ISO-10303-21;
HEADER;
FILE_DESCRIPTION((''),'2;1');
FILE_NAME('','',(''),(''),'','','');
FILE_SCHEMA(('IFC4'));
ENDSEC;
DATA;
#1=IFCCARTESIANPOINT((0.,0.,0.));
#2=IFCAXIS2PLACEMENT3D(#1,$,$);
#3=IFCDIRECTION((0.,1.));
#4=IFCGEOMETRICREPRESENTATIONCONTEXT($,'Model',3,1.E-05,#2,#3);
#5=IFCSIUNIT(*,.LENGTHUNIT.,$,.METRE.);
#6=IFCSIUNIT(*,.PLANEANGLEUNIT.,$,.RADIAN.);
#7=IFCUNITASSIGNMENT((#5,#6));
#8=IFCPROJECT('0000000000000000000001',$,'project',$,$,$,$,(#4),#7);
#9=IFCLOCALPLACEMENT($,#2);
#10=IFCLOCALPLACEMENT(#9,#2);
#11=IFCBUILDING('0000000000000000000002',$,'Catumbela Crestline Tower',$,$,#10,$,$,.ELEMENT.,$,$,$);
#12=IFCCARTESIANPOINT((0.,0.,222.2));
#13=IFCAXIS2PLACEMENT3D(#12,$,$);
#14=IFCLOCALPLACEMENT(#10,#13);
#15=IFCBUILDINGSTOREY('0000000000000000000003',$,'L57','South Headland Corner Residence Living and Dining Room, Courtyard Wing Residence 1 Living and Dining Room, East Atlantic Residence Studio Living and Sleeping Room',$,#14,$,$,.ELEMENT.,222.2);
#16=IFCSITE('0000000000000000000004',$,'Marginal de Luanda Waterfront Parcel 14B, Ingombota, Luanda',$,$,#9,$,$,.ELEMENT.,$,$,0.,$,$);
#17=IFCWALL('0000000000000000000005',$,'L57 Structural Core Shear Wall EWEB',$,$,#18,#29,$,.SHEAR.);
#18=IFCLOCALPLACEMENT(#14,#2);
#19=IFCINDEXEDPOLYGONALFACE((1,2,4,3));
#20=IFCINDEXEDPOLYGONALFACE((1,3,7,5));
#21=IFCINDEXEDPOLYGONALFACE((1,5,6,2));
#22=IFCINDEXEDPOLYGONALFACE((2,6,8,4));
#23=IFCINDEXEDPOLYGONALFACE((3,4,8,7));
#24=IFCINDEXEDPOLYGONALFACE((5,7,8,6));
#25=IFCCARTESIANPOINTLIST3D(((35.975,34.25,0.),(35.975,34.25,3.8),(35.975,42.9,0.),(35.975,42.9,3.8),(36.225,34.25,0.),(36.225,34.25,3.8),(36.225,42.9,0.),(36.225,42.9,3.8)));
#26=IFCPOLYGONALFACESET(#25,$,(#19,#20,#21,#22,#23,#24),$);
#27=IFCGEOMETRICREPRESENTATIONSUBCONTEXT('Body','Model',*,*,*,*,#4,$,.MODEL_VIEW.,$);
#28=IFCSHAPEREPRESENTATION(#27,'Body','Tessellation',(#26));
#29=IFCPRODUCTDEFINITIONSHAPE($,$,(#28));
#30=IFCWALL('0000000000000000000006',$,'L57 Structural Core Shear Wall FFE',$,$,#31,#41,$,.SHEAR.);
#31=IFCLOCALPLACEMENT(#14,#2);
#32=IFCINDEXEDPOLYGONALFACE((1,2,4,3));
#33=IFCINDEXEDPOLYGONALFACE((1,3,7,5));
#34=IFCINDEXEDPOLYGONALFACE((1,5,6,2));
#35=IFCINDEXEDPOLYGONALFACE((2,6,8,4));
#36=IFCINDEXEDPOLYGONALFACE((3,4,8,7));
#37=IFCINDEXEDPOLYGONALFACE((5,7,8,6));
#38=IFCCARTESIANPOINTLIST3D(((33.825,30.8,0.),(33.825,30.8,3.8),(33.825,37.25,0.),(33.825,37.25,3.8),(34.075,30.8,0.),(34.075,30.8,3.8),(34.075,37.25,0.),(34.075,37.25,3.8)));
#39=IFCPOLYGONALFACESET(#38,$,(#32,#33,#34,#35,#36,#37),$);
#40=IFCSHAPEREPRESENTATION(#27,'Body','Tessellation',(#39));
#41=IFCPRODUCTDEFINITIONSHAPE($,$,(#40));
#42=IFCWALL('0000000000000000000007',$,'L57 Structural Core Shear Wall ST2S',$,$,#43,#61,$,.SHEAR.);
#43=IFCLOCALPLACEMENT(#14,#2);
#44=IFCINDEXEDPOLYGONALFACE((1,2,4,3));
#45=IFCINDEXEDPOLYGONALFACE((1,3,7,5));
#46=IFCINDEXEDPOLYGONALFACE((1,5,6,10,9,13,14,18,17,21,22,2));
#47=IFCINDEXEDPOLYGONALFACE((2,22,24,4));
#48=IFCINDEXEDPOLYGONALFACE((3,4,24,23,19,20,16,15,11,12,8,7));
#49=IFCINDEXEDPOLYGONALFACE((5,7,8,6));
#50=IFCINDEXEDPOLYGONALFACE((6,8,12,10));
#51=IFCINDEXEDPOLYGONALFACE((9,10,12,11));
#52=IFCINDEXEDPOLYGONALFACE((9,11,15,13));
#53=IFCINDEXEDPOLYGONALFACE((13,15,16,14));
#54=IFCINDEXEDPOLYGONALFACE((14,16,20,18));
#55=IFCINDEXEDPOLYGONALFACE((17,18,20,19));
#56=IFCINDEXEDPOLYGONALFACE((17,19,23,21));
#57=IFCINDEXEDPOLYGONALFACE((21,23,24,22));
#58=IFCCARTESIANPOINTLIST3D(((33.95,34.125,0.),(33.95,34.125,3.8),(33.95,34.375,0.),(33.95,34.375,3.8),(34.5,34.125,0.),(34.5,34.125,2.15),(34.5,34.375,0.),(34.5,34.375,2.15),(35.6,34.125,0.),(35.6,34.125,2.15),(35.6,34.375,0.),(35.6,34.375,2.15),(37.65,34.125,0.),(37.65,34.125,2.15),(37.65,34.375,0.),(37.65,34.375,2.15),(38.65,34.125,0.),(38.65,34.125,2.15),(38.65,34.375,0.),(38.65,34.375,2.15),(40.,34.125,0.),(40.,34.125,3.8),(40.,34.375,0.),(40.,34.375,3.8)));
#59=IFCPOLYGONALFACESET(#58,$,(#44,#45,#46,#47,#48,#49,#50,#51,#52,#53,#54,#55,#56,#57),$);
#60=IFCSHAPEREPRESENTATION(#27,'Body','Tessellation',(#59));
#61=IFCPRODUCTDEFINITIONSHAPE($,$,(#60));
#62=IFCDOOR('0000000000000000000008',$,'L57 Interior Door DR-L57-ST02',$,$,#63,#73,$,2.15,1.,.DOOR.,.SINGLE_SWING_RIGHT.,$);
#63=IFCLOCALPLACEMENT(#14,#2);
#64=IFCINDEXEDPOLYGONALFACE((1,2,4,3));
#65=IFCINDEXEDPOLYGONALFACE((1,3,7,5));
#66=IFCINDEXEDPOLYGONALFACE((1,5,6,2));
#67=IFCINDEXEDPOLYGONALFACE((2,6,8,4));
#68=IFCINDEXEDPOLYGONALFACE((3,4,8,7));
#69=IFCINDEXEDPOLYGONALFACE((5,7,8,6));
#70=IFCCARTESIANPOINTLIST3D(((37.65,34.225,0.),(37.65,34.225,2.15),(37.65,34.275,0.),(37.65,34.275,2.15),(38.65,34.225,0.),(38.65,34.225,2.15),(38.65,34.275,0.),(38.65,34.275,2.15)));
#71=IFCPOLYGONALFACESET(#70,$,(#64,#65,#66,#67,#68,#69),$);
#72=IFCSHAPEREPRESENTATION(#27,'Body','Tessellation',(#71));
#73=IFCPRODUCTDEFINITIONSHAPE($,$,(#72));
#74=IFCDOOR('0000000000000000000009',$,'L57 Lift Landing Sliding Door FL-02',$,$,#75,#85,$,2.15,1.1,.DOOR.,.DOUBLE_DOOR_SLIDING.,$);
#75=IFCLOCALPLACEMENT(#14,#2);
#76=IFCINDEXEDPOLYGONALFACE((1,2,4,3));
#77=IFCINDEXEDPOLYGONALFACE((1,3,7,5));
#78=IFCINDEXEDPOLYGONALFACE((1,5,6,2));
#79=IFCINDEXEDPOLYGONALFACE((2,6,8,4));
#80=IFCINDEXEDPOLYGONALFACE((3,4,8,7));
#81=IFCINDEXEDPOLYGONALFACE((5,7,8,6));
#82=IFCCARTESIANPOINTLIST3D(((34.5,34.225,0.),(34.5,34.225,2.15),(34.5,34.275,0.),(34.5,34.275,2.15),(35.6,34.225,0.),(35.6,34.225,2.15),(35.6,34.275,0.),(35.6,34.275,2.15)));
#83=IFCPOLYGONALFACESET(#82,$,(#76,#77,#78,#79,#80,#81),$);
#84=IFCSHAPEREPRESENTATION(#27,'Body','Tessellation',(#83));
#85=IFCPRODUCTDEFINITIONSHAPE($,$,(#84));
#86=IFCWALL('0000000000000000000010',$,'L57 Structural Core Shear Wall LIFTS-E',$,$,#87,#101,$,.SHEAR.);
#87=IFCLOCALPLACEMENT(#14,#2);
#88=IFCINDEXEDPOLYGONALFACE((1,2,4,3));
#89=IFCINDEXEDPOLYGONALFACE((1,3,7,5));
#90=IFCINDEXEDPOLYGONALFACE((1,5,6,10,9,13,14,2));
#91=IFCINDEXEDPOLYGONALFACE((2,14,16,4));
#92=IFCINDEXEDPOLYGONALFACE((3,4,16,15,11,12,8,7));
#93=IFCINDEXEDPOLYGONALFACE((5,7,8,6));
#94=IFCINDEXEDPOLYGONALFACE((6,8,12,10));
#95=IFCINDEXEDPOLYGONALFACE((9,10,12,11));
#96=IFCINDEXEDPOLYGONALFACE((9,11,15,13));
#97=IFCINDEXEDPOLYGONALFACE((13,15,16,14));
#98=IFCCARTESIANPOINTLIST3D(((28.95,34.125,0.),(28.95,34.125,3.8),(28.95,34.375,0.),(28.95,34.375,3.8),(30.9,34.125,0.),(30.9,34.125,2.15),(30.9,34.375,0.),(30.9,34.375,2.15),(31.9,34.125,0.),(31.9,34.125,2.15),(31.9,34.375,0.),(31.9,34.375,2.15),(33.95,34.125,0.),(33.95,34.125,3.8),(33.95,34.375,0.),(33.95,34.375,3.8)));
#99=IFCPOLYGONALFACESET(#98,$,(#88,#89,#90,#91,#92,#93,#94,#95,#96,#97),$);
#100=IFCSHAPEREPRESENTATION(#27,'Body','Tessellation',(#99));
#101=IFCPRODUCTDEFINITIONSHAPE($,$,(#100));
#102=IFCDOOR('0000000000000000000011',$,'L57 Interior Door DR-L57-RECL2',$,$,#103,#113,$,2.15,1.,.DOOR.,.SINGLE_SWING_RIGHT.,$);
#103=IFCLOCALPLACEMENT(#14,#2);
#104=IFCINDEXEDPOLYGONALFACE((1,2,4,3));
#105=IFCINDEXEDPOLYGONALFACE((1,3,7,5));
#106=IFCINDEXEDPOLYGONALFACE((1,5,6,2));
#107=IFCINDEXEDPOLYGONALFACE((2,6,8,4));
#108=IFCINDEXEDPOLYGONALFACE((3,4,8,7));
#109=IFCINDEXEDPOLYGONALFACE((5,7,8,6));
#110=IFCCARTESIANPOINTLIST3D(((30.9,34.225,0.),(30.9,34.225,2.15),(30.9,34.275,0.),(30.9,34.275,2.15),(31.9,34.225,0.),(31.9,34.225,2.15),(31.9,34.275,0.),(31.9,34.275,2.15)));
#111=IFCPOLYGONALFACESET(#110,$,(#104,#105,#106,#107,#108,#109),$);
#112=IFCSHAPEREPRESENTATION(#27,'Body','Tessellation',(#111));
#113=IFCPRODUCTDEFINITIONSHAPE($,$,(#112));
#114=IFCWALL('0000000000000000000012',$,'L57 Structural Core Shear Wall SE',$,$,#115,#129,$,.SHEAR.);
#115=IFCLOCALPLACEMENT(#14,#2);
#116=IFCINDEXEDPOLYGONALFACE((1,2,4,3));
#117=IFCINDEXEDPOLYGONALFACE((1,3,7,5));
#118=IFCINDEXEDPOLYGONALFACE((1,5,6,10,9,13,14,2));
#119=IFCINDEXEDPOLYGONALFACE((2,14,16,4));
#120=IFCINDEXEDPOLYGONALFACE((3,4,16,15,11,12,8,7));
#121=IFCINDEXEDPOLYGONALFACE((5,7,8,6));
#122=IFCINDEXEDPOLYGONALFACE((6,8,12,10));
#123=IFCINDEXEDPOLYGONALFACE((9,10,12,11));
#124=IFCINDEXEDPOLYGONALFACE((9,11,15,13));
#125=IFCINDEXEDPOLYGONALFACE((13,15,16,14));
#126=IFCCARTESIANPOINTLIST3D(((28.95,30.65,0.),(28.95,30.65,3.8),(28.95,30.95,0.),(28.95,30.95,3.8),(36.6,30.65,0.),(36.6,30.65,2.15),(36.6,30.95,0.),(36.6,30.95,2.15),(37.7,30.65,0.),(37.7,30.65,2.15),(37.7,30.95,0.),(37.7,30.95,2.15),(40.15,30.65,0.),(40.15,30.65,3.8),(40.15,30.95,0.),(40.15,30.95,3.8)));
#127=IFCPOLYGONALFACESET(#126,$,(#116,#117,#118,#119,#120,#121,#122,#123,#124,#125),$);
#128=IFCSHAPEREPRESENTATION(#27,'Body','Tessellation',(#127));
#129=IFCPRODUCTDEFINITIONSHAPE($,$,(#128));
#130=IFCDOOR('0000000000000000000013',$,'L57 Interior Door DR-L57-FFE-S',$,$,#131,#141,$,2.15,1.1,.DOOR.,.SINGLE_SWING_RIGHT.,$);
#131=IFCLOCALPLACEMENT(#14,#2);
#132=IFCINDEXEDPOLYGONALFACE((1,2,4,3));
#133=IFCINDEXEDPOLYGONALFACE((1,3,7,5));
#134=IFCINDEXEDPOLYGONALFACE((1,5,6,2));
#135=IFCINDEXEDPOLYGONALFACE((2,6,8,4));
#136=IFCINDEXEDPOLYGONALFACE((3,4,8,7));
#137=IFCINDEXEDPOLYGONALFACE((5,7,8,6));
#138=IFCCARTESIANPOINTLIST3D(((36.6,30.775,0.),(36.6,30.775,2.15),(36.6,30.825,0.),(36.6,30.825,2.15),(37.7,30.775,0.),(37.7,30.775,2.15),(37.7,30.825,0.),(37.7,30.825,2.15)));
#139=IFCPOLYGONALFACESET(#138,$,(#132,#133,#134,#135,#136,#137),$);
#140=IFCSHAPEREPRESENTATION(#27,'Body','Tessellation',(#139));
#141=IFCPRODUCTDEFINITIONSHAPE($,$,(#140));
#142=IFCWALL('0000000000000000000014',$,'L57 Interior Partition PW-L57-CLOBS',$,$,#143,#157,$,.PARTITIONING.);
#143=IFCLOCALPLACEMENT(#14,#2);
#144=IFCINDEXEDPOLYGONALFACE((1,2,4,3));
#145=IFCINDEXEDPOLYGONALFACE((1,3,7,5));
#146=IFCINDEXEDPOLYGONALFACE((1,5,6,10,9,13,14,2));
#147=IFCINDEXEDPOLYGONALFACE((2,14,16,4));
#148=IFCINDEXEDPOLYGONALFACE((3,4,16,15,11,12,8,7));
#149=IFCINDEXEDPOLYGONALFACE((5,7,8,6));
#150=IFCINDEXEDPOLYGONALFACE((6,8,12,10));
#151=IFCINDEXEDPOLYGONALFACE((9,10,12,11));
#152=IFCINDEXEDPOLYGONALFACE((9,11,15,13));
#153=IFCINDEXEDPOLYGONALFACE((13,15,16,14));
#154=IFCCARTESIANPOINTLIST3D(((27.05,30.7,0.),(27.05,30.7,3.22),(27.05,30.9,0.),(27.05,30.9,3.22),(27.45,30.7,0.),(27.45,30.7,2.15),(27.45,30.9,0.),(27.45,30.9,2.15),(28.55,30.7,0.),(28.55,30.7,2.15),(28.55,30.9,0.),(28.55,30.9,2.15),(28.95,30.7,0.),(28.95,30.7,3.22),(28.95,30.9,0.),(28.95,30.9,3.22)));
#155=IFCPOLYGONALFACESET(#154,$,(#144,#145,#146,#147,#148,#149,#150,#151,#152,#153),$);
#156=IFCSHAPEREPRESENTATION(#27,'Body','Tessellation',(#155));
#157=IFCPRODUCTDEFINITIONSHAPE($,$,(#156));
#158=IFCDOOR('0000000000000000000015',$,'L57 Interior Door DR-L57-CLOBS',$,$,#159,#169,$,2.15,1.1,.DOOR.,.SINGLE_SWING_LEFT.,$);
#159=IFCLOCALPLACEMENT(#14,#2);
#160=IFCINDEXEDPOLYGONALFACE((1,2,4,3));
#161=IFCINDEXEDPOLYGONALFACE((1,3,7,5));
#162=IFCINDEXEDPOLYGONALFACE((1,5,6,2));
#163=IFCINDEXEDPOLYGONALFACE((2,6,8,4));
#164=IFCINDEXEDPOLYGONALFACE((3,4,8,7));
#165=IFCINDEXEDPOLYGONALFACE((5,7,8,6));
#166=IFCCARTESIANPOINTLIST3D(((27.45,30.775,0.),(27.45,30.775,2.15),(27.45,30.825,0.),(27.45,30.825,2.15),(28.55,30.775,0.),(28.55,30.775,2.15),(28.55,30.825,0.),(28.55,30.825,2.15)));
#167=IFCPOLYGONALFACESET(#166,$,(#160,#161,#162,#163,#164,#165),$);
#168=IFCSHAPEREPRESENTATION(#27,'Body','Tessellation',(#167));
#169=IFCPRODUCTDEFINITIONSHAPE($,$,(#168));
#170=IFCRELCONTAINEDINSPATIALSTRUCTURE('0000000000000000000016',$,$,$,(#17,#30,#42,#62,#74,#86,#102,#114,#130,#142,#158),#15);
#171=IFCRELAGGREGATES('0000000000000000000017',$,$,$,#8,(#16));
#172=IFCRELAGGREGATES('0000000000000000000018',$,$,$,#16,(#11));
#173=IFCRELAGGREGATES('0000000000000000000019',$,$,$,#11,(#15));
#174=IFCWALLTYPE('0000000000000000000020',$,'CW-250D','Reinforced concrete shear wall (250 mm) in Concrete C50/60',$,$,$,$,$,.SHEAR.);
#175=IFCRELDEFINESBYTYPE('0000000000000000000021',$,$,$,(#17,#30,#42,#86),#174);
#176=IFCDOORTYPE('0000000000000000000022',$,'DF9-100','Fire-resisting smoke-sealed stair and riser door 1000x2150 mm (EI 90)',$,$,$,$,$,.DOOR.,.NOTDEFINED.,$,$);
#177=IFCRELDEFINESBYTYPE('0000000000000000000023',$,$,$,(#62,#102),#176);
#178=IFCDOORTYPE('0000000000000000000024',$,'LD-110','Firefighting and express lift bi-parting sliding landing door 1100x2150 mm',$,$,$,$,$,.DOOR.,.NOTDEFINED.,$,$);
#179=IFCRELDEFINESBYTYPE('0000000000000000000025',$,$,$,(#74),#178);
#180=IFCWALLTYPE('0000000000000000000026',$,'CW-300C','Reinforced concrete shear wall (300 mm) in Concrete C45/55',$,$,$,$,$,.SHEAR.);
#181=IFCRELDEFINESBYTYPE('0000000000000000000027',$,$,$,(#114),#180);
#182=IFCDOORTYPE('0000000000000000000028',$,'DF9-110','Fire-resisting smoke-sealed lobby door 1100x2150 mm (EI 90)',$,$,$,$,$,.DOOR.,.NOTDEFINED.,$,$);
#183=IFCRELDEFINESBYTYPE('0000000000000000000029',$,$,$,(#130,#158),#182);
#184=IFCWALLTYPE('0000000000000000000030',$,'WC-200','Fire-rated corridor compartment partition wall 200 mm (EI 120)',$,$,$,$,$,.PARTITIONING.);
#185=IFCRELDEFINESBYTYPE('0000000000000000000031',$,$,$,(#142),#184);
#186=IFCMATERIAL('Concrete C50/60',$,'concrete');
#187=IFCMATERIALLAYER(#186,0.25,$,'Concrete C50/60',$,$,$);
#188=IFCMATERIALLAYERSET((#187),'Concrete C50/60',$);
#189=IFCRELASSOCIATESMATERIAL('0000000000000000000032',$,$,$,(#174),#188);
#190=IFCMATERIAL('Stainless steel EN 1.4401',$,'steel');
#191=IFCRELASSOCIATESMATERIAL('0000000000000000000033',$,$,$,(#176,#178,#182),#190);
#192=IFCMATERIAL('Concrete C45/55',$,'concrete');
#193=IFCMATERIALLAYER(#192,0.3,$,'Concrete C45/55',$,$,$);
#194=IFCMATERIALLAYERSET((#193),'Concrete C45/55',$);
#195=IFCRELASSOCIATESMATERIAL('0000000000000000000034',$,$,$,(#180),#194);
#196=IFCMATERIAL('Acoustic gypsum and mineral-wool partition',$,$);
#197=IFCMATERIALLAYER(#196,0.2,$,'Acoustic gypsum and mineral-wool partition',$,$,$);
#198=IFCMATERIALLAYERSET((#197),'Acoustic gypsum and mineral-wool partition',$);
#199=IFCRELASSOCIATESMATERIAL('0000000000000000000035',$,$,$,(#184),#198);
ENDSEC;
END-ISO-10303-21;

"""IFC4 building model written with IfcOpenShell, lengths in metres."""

from ifc_helpers import new_model, si_unit, direction, frame, frame_2d, origin, place, context, subcontext, project, spatial, rectangle, extrude, material, layer, layer_set, type_object, element, fill, save


model = new_model("IFC4")

# Units and contexts
model_context = context("Model", 3, precision=1e-05, world=origin(), true_north=direction((0.0, 1.0)))
body_context = subcontext(model_context, "Body", "Model", "MODEL_VIEW")
ifc_project = project(units=[si_unit("LENGTHUNIT", "METRE"), si_unit("PLANEANGLEUNIT", "RADIAN")], contexts=[model_context])

# Site, building, storey
site_placement = place(None, origin())
site = spatial("IfcSite", under=ifc_project, at=site_placement, Name="Marginal de Luanda Waterfront Parcel 14B, Ingombota, Luanda", CompositionType="ELEMENT", RefElevation=0.0)
building_placement = place(site_placement, origin())
building = spatial("IfcBuilding", under=site, at=building_placement, Name="Catumbela Crestline Tower", CompositionType="ELEMENT")
storey_placement = place(building_placement, frame((0.0, 0.0, 222.2)))
storey = spatial("IfcBuildingStorey", under=building, at=storey_placement, Name="L57", Description="South Headland Corner Residence Living and Dining Room, Courtyard Wing Residence 1 Living and Dining Room, East Atlantic Residence Studio Living and Sleeping Room", CompositionType="ELEMENT", Elevation=222.2)

# Walls
ifc_material_1 = material(Name="Concrete C50/60", Category="concrete")
ifc_layer_1 = layer(ifc_material_1, 0.25, Name="Concrete C50/60")
ifc_layer_set_1 = layer_set([ifc_layer_1], Name="Concrete C50/60")
wall_type_1 = type_object("IfcWallType", Name="CW-250D", Description="Reinforced concrete shear wall (250 mm) in Concrete C50/60", PredefinedType="SHEAR", material=ifc_layer_set_1)
wall_1_placement = place(storey_placement, frame((36.1, 34.25, 0.0), z_axis=(0.0, 0.0, 1.0), x_axis=(0.0, 1.0, 0.0)))
element("IfcWall", 1, at=wall_1_placement, inside=storey, type_object=wall_type_1, Name="L57 Structural Core Shear Wall EWEB", PredefinedType="SHEAR", context=body_context, shape_type="SweptSolid", body=[
    extrude(rectangle(XDim=8.65, YDim=0.25, at=frame_2d((4.325, 0.0))), origin(), (0.0, 0.0, 1.0), 3.8),
])
wall_2_placement = place(storey_placement, frame((33.95, 30.8, 0.0), z_axis=(0.0, 0.0, 1.0), x_axis=(0.0, 1.0, 0.0)))
element("IfcWall", 2, at=wall_2_placement, inside=storey, type_object=wall_type_1, Name="L57 Structural Core Shear Wall FFE", PredefinedType="SHEAR", context=body_context, shape_type="SweptSolid", body=[
    extrude(rectangle(XDim=6.45, YDim=0.25, at=frame_2d((3.225, 0.0))), origin(), (0.0, 0.0, 1.0), 3.8),
])

# Wall, openings, doors
wall_3_placement = place(storey_placement, frame((33.95, 34.25, 0.0), z_axis=(0.0, 0.0, 1.0), x_axis=(1.0, 0.0, 0.0)))
wall_3 = element("IfcWall", 3, at=wall_3_placement, inside=storey, type_object=wall_type_1, Name="L57 Structural Core Shear Wall ST2S", PredefinedType="SHEAR", context=body_context, shape_type="SweptSolid", body=[
    extrude(rectangle(XDim=6.05, YDim=0.25, at=frame_2d((3.025, 0.0))), origin(), (0.0, 0.0, 1.0), 3.8),
])
opening_1_placement = place(wall_3_placement, frame((3.7, 0.0, 0.0)))
opening_1 = element("IfcOpeningElement", 4, at=opening_1_placement, cuts=wall_3, PredefinedType="OPENING", context=body_context, shape_type="SweptSolid", body=[
    extrude(rectangle(XDim=1.0, YDim=2.15, at=frame_2d((0.5, 1.075))), frame((0.0, 0.135, 0.0), z_axis=(0.0, -1.0, 0.0), x_axis=(1.0, 0.0, 0.0)), (0.0, 0.0, 1.0), 0.27),
])
opening_2_placement = place(wall_3_placement, frame((0.55, 0.0, 0.0)))
opening_2 = element("IfcOpeningElement", 5, at=opening_2_placement, cuts=wall_3, PredefinedType="OPENING", context=body_context, shape_type="SweptSolid", body=[
    extrude(rectangle(XDim=1.1, YDim=2.15, at=frame_2d((0.55, 1.075))), frame((0.0, 0.135, 0.0), z_axis=(0.0, -1.0, 0.0), x_axis=(1.0, 0.0, 0.0)), (0.0, 0.0, 1.0), 0.27),
])
ifc_material_2 = material(Name="Stainless steel EN 1.4401", Category="steel")
door_type_1 = type_object("IfcDoorType", Name="DF9-100", Description="Fire-resisting smoke-sealed stair and riser door 1000x2150 mm (EI 90)", OperationType="NOTDEFINED", PredefinedType="DOOR", material=ifc_material_2)
door_1_placement = place(opening_1_placement, origin())
door_1 = element("IfcDoor", 6, at=door_1_placement, inside=storey, type_object=door_type_1, Name="L57 Interior Door DR-L57-ST02", OperationType="SINGLE_SWING_RIGHT", OverallHeight=2.15, OverallWidth=1.0, PredefinedType="DOOR", context=body_context, shape_type="SweptSolid", body=[
    extrude(rectangle(XDim=1.0, YDim=2.15, at=frame_2d((0.5, 1.075))), frame((0.0, 0.025, 0.0), z_axis=(0.0, -1.0, 0.0), x_axis=(1.0, 0.0, 0.0)), (0.0, 0.0, 1.0), 0.05),
])
fill(opening_1, door_1)
door_type_2 = type_object("IfcDoorType", Name="LD-110", Description="Firefighting and express lift bi-parting sliding landing door 1100x2150 mm", OperationType="NOTDEFINED", PredefinedType="DOOR", material=ifc_material_2)
door_2_placement = place(opening_2_placement, origin())
door_2 = element("IfcDoor", 7, at=door_2_placement, inside=storey, type_object=door_type_2, Name="L57 Lift Landing Sliding Door FL-02", OperationType="DOUBLE_DOOR_SLIDING", OverallHeight=2.15, OverallWidth=1.1, PredefinedType="DOOR", context=body_context, shape_type="SweptSolid", body=[
    extrude(rectangle(XDim=1.1, YDim=2.15, at=frame_2d((0.55, 1.075))), frame((0.0, 0.025, 0.0), z_axis=(0.0, -1.0, 0.0), x_axis=(1.0, 0.0, 0.0)), (0.0, 0.0, 1.0), 0.05),
])
fill(opening_2, door_2)

# Walls, openings, doors
wall_4_placement = place(storey_placement, frame((28.95, 34.25, 0.0), z_axis=(0.0, 0.0, 1.0), x_axis=(1.0, 0.0, 0.0)))
wall_4 = element("IfcWall", 8, at=wall_4_placement, inside=storey, type_object=wall_type_1, Name="L57 Structural Core Shear Wall LIFTS-E", PredefinedType="SHEAR", context=body_context, shape_type="SweptSolid", body=[
    extrude(rectangle(XDim=5.0, YDim=0.25, at=frame_2d((2.5, 0.0))), origin(), (0.0, 0.0, 1.0), 3.8),
])
opening_3_placement = place(wall_4_placement, frame((1.95, 0.0, 0.0)))
opening_3 = element("IfcOpeningElement", 9, at=opening_3_placement, cuts=wall_4, PredefinedType="OPENING", context=body_context, shape_type="SweptSolid", body=[
    extrude(rectangle(XDim=1.0, YDim=2.15, at=frame_2d((0.5, 1.075))), frame((0.0, 0.135, 0.0), z_axis=(0.0, -1.0, 0.0), x_axis=(1.0, 0.0, 0.0)), (0.0, 0.0, 1.0), 0.27),
])
door_3_placement = place(opening_3_placement, origin())
door_3 = element("IfcDoor", 10, at=door_3_placement, inside=storey, type_object=door_type_1, Name="L57 Interior Door DR-L57-RECL2", OperationType="SINGLE_SWING_RIGHT", OverallHeight=2.15, OverallWidth=1.0, PredefinedType="DOOR", context=body_context, shape_type="SweptSolid", body=[
    extrude(rectangle(XDim=1.0, YDim=2.15, at=frame_2d((0.5, 1.075))), frame((0.0, 0.025, 0.0), z_axis=(0.0, -1.0, 0.0), x_axis=(1.0, 0.0, 0.0)), (0.0, 0.0, 1.0), 0.05),
])
fill(opening_3, door_3)
ifc_material_3 = material(Name="Concrete C45/55", Category="concrete")
ifc_layer_2 = layer(ifc_material_3, 0.3, Name="Concrete C45/55")
ifc_layer_set_2 = layer_set([ifc_layer_2], Name="Concrete C45/55")
wall_type_2 = type_object("IfcWallType", Name="CW-300C", Description="Reinforced concrete shear wall (300 mm) in Concrete C45/55", PredefinedType="SHEAR", material=ifc_layer_set_2)
wall_5_placement = place(storey_placement, frame((28.95, 30.8, 0.0), z_axis=(0.0, 0.0, 1.0), x_axis=(1.0, 0.0, 0.0)))
wall_5 = element("IfcWall", 11, at=wall_5_placement, inside=storey, type_object=wall_type_2, Name="L57 Structural Core Shear Wall SE", PredefinedType="SHEAR", context=body_context, shape_type="SweptSolid", body=[
    extrude(rectangle(XDim=11.2, YDim=0.3, at=frame_2d((5.6, 0.0))), origin(), (0.0, 0.0, 1.0), 3.8),
])
opening_4_placement = place(wall_5_placement, frame((7.65, 0.0, 0.0)))
opening_4 = element("IfcOpeningElement", 12, at=opening_4_placement, cuts=wall_5, PredefinedType="OPENING", context=body_context, shape_type="SweptSolid", body=[
    extrude(rectangle(XDim=1.1, YDim=2.15, at=frame_2d((0.55, 1.075))), frame((0.0, 0.16, 0.0), z_axis=(0.0, -1.0, 0.0), x_axis=(1.0, 0.0, 0.0)), (0.0, 0.0, 1.0), 0.32),
])
door_type_3 = type_object("IfcDoorType", Name="DF9-110", Description="Fire-resisting smoke-sealed lobby door 1100x2150 mm (EI 90)", OperationType="NOTDEFINED", PredefinedType="DOOR", material=ifc_material_2)
door_4_placement = place(opening_4_placement, origin())
door_4 = element("IfcDoor", 13, at=door_4_placement, inside=storey, type_object=door_type_3, Name="L57 Interior Door DR-L57-FFE-S", OperationType="SINGLE_SWING_RIGHT", OverallHeight=2.15, OverallWidth=1.1, PredefinedType="DOOR", context=body_context, shape_type="SweptSolid", body=[
    extrude(rectangle(XDim=1.1, YDim=2.15, at=frame_2d((0.55, 1.075))), frame((0.0, 0.025, 0.0), z_axis=(0.0, -1.0, 0.0), x_axis=(1.0, 0.0, 0.0)), (0.0, 0.0, 1.0), 0.05),
])
fill(opening_4, door_4)
ifc_material_4 = material(Name="Acoustic gypsum and mineral-wool partition")
ifc_layer_3 = layer(ifc_material_4, 0.2, Name="Acoustic gypsum and mineral-wool partition")
ifc_layer_set_3 = layer_set([ifc_layer_3], Name="Acoustic gypsum and mineral-wool partition")
wall_type_3 = type_object("IfcWallType", Name="WC-200", Description="Fire-rated corridor compartment partition wall 200 mm (EI 120)", PredefinedType="PARTITIONING", material=ifc_layer_set_3)
wall_6_placement = place(storey_placement, frame((27.05, 30.8, 0.0), z_axis=(0.0, 0.0, 1.0), x_axis=(1.0, 0.0, 0.0)))
wall_6 = element("IfcWall", 14, at=wall_6_placement, inside=storey, type_object=wall_type_3, Name="L57 Interior Partition PW-L57-CLOBS", PredefinedType="PARTITIONING", context=body_context, shape_type="SweptSolid", body=[
    extrude(rectangle(XDim=1.9, YDim=0.2, at=frame_2d((0.95, 0.0))), origin(), (0.0, 0.0, 1.0), 3.22),
])
opening_5_placement = place(wall_6_placement, frame((0.4, 0.0, 0.0)))
opening_5 = element("IfcOpeningElement", 15, at=opening_5_placement, cuts=wall_6, PredefinedType="OPENING", context=body_context, shape_type="SweptSolid", body=[
    extrude(rectangle(XDim=1.1, YDim=2.15, at=frame_2d((0.55, 1.075))), frame((0.0, 0.11, 0.0), z_axis=(0.0, -1.0, 0.0), x_axis=(1.0, 0.0, 0.0)), (0.0, 0.0, 1.0), 0.22),
])
door_5_placement = place(opening_5_placement, origin())
door_5 = element("IfcDoor", 16, at=door_5_placement, inside=storey, type_object=door_type_3, Name="L57 Interior Door DR-L57-CLOBS", OperationType="SINGLE_SWING_LEFT", OverallHeight=2.15, OverallWidth=1.1, PredefinedType="DOOR", context=body_context, shape_type="SweptSolid", body=[
    extrude(rectangle(XDim=1.1, YDim=2.15, at=frame_2d((0.55, 1.075))), frame((0.0, 0.025, 0.0), z_axis=(0.0, -1.0, 0.0), x_axis=(1.0, 0.0, 0.0)), (0.0, 0.0, 1.0), 0.05),
])
fill(opening_5, door_5)

save(model, "model.ifc")
